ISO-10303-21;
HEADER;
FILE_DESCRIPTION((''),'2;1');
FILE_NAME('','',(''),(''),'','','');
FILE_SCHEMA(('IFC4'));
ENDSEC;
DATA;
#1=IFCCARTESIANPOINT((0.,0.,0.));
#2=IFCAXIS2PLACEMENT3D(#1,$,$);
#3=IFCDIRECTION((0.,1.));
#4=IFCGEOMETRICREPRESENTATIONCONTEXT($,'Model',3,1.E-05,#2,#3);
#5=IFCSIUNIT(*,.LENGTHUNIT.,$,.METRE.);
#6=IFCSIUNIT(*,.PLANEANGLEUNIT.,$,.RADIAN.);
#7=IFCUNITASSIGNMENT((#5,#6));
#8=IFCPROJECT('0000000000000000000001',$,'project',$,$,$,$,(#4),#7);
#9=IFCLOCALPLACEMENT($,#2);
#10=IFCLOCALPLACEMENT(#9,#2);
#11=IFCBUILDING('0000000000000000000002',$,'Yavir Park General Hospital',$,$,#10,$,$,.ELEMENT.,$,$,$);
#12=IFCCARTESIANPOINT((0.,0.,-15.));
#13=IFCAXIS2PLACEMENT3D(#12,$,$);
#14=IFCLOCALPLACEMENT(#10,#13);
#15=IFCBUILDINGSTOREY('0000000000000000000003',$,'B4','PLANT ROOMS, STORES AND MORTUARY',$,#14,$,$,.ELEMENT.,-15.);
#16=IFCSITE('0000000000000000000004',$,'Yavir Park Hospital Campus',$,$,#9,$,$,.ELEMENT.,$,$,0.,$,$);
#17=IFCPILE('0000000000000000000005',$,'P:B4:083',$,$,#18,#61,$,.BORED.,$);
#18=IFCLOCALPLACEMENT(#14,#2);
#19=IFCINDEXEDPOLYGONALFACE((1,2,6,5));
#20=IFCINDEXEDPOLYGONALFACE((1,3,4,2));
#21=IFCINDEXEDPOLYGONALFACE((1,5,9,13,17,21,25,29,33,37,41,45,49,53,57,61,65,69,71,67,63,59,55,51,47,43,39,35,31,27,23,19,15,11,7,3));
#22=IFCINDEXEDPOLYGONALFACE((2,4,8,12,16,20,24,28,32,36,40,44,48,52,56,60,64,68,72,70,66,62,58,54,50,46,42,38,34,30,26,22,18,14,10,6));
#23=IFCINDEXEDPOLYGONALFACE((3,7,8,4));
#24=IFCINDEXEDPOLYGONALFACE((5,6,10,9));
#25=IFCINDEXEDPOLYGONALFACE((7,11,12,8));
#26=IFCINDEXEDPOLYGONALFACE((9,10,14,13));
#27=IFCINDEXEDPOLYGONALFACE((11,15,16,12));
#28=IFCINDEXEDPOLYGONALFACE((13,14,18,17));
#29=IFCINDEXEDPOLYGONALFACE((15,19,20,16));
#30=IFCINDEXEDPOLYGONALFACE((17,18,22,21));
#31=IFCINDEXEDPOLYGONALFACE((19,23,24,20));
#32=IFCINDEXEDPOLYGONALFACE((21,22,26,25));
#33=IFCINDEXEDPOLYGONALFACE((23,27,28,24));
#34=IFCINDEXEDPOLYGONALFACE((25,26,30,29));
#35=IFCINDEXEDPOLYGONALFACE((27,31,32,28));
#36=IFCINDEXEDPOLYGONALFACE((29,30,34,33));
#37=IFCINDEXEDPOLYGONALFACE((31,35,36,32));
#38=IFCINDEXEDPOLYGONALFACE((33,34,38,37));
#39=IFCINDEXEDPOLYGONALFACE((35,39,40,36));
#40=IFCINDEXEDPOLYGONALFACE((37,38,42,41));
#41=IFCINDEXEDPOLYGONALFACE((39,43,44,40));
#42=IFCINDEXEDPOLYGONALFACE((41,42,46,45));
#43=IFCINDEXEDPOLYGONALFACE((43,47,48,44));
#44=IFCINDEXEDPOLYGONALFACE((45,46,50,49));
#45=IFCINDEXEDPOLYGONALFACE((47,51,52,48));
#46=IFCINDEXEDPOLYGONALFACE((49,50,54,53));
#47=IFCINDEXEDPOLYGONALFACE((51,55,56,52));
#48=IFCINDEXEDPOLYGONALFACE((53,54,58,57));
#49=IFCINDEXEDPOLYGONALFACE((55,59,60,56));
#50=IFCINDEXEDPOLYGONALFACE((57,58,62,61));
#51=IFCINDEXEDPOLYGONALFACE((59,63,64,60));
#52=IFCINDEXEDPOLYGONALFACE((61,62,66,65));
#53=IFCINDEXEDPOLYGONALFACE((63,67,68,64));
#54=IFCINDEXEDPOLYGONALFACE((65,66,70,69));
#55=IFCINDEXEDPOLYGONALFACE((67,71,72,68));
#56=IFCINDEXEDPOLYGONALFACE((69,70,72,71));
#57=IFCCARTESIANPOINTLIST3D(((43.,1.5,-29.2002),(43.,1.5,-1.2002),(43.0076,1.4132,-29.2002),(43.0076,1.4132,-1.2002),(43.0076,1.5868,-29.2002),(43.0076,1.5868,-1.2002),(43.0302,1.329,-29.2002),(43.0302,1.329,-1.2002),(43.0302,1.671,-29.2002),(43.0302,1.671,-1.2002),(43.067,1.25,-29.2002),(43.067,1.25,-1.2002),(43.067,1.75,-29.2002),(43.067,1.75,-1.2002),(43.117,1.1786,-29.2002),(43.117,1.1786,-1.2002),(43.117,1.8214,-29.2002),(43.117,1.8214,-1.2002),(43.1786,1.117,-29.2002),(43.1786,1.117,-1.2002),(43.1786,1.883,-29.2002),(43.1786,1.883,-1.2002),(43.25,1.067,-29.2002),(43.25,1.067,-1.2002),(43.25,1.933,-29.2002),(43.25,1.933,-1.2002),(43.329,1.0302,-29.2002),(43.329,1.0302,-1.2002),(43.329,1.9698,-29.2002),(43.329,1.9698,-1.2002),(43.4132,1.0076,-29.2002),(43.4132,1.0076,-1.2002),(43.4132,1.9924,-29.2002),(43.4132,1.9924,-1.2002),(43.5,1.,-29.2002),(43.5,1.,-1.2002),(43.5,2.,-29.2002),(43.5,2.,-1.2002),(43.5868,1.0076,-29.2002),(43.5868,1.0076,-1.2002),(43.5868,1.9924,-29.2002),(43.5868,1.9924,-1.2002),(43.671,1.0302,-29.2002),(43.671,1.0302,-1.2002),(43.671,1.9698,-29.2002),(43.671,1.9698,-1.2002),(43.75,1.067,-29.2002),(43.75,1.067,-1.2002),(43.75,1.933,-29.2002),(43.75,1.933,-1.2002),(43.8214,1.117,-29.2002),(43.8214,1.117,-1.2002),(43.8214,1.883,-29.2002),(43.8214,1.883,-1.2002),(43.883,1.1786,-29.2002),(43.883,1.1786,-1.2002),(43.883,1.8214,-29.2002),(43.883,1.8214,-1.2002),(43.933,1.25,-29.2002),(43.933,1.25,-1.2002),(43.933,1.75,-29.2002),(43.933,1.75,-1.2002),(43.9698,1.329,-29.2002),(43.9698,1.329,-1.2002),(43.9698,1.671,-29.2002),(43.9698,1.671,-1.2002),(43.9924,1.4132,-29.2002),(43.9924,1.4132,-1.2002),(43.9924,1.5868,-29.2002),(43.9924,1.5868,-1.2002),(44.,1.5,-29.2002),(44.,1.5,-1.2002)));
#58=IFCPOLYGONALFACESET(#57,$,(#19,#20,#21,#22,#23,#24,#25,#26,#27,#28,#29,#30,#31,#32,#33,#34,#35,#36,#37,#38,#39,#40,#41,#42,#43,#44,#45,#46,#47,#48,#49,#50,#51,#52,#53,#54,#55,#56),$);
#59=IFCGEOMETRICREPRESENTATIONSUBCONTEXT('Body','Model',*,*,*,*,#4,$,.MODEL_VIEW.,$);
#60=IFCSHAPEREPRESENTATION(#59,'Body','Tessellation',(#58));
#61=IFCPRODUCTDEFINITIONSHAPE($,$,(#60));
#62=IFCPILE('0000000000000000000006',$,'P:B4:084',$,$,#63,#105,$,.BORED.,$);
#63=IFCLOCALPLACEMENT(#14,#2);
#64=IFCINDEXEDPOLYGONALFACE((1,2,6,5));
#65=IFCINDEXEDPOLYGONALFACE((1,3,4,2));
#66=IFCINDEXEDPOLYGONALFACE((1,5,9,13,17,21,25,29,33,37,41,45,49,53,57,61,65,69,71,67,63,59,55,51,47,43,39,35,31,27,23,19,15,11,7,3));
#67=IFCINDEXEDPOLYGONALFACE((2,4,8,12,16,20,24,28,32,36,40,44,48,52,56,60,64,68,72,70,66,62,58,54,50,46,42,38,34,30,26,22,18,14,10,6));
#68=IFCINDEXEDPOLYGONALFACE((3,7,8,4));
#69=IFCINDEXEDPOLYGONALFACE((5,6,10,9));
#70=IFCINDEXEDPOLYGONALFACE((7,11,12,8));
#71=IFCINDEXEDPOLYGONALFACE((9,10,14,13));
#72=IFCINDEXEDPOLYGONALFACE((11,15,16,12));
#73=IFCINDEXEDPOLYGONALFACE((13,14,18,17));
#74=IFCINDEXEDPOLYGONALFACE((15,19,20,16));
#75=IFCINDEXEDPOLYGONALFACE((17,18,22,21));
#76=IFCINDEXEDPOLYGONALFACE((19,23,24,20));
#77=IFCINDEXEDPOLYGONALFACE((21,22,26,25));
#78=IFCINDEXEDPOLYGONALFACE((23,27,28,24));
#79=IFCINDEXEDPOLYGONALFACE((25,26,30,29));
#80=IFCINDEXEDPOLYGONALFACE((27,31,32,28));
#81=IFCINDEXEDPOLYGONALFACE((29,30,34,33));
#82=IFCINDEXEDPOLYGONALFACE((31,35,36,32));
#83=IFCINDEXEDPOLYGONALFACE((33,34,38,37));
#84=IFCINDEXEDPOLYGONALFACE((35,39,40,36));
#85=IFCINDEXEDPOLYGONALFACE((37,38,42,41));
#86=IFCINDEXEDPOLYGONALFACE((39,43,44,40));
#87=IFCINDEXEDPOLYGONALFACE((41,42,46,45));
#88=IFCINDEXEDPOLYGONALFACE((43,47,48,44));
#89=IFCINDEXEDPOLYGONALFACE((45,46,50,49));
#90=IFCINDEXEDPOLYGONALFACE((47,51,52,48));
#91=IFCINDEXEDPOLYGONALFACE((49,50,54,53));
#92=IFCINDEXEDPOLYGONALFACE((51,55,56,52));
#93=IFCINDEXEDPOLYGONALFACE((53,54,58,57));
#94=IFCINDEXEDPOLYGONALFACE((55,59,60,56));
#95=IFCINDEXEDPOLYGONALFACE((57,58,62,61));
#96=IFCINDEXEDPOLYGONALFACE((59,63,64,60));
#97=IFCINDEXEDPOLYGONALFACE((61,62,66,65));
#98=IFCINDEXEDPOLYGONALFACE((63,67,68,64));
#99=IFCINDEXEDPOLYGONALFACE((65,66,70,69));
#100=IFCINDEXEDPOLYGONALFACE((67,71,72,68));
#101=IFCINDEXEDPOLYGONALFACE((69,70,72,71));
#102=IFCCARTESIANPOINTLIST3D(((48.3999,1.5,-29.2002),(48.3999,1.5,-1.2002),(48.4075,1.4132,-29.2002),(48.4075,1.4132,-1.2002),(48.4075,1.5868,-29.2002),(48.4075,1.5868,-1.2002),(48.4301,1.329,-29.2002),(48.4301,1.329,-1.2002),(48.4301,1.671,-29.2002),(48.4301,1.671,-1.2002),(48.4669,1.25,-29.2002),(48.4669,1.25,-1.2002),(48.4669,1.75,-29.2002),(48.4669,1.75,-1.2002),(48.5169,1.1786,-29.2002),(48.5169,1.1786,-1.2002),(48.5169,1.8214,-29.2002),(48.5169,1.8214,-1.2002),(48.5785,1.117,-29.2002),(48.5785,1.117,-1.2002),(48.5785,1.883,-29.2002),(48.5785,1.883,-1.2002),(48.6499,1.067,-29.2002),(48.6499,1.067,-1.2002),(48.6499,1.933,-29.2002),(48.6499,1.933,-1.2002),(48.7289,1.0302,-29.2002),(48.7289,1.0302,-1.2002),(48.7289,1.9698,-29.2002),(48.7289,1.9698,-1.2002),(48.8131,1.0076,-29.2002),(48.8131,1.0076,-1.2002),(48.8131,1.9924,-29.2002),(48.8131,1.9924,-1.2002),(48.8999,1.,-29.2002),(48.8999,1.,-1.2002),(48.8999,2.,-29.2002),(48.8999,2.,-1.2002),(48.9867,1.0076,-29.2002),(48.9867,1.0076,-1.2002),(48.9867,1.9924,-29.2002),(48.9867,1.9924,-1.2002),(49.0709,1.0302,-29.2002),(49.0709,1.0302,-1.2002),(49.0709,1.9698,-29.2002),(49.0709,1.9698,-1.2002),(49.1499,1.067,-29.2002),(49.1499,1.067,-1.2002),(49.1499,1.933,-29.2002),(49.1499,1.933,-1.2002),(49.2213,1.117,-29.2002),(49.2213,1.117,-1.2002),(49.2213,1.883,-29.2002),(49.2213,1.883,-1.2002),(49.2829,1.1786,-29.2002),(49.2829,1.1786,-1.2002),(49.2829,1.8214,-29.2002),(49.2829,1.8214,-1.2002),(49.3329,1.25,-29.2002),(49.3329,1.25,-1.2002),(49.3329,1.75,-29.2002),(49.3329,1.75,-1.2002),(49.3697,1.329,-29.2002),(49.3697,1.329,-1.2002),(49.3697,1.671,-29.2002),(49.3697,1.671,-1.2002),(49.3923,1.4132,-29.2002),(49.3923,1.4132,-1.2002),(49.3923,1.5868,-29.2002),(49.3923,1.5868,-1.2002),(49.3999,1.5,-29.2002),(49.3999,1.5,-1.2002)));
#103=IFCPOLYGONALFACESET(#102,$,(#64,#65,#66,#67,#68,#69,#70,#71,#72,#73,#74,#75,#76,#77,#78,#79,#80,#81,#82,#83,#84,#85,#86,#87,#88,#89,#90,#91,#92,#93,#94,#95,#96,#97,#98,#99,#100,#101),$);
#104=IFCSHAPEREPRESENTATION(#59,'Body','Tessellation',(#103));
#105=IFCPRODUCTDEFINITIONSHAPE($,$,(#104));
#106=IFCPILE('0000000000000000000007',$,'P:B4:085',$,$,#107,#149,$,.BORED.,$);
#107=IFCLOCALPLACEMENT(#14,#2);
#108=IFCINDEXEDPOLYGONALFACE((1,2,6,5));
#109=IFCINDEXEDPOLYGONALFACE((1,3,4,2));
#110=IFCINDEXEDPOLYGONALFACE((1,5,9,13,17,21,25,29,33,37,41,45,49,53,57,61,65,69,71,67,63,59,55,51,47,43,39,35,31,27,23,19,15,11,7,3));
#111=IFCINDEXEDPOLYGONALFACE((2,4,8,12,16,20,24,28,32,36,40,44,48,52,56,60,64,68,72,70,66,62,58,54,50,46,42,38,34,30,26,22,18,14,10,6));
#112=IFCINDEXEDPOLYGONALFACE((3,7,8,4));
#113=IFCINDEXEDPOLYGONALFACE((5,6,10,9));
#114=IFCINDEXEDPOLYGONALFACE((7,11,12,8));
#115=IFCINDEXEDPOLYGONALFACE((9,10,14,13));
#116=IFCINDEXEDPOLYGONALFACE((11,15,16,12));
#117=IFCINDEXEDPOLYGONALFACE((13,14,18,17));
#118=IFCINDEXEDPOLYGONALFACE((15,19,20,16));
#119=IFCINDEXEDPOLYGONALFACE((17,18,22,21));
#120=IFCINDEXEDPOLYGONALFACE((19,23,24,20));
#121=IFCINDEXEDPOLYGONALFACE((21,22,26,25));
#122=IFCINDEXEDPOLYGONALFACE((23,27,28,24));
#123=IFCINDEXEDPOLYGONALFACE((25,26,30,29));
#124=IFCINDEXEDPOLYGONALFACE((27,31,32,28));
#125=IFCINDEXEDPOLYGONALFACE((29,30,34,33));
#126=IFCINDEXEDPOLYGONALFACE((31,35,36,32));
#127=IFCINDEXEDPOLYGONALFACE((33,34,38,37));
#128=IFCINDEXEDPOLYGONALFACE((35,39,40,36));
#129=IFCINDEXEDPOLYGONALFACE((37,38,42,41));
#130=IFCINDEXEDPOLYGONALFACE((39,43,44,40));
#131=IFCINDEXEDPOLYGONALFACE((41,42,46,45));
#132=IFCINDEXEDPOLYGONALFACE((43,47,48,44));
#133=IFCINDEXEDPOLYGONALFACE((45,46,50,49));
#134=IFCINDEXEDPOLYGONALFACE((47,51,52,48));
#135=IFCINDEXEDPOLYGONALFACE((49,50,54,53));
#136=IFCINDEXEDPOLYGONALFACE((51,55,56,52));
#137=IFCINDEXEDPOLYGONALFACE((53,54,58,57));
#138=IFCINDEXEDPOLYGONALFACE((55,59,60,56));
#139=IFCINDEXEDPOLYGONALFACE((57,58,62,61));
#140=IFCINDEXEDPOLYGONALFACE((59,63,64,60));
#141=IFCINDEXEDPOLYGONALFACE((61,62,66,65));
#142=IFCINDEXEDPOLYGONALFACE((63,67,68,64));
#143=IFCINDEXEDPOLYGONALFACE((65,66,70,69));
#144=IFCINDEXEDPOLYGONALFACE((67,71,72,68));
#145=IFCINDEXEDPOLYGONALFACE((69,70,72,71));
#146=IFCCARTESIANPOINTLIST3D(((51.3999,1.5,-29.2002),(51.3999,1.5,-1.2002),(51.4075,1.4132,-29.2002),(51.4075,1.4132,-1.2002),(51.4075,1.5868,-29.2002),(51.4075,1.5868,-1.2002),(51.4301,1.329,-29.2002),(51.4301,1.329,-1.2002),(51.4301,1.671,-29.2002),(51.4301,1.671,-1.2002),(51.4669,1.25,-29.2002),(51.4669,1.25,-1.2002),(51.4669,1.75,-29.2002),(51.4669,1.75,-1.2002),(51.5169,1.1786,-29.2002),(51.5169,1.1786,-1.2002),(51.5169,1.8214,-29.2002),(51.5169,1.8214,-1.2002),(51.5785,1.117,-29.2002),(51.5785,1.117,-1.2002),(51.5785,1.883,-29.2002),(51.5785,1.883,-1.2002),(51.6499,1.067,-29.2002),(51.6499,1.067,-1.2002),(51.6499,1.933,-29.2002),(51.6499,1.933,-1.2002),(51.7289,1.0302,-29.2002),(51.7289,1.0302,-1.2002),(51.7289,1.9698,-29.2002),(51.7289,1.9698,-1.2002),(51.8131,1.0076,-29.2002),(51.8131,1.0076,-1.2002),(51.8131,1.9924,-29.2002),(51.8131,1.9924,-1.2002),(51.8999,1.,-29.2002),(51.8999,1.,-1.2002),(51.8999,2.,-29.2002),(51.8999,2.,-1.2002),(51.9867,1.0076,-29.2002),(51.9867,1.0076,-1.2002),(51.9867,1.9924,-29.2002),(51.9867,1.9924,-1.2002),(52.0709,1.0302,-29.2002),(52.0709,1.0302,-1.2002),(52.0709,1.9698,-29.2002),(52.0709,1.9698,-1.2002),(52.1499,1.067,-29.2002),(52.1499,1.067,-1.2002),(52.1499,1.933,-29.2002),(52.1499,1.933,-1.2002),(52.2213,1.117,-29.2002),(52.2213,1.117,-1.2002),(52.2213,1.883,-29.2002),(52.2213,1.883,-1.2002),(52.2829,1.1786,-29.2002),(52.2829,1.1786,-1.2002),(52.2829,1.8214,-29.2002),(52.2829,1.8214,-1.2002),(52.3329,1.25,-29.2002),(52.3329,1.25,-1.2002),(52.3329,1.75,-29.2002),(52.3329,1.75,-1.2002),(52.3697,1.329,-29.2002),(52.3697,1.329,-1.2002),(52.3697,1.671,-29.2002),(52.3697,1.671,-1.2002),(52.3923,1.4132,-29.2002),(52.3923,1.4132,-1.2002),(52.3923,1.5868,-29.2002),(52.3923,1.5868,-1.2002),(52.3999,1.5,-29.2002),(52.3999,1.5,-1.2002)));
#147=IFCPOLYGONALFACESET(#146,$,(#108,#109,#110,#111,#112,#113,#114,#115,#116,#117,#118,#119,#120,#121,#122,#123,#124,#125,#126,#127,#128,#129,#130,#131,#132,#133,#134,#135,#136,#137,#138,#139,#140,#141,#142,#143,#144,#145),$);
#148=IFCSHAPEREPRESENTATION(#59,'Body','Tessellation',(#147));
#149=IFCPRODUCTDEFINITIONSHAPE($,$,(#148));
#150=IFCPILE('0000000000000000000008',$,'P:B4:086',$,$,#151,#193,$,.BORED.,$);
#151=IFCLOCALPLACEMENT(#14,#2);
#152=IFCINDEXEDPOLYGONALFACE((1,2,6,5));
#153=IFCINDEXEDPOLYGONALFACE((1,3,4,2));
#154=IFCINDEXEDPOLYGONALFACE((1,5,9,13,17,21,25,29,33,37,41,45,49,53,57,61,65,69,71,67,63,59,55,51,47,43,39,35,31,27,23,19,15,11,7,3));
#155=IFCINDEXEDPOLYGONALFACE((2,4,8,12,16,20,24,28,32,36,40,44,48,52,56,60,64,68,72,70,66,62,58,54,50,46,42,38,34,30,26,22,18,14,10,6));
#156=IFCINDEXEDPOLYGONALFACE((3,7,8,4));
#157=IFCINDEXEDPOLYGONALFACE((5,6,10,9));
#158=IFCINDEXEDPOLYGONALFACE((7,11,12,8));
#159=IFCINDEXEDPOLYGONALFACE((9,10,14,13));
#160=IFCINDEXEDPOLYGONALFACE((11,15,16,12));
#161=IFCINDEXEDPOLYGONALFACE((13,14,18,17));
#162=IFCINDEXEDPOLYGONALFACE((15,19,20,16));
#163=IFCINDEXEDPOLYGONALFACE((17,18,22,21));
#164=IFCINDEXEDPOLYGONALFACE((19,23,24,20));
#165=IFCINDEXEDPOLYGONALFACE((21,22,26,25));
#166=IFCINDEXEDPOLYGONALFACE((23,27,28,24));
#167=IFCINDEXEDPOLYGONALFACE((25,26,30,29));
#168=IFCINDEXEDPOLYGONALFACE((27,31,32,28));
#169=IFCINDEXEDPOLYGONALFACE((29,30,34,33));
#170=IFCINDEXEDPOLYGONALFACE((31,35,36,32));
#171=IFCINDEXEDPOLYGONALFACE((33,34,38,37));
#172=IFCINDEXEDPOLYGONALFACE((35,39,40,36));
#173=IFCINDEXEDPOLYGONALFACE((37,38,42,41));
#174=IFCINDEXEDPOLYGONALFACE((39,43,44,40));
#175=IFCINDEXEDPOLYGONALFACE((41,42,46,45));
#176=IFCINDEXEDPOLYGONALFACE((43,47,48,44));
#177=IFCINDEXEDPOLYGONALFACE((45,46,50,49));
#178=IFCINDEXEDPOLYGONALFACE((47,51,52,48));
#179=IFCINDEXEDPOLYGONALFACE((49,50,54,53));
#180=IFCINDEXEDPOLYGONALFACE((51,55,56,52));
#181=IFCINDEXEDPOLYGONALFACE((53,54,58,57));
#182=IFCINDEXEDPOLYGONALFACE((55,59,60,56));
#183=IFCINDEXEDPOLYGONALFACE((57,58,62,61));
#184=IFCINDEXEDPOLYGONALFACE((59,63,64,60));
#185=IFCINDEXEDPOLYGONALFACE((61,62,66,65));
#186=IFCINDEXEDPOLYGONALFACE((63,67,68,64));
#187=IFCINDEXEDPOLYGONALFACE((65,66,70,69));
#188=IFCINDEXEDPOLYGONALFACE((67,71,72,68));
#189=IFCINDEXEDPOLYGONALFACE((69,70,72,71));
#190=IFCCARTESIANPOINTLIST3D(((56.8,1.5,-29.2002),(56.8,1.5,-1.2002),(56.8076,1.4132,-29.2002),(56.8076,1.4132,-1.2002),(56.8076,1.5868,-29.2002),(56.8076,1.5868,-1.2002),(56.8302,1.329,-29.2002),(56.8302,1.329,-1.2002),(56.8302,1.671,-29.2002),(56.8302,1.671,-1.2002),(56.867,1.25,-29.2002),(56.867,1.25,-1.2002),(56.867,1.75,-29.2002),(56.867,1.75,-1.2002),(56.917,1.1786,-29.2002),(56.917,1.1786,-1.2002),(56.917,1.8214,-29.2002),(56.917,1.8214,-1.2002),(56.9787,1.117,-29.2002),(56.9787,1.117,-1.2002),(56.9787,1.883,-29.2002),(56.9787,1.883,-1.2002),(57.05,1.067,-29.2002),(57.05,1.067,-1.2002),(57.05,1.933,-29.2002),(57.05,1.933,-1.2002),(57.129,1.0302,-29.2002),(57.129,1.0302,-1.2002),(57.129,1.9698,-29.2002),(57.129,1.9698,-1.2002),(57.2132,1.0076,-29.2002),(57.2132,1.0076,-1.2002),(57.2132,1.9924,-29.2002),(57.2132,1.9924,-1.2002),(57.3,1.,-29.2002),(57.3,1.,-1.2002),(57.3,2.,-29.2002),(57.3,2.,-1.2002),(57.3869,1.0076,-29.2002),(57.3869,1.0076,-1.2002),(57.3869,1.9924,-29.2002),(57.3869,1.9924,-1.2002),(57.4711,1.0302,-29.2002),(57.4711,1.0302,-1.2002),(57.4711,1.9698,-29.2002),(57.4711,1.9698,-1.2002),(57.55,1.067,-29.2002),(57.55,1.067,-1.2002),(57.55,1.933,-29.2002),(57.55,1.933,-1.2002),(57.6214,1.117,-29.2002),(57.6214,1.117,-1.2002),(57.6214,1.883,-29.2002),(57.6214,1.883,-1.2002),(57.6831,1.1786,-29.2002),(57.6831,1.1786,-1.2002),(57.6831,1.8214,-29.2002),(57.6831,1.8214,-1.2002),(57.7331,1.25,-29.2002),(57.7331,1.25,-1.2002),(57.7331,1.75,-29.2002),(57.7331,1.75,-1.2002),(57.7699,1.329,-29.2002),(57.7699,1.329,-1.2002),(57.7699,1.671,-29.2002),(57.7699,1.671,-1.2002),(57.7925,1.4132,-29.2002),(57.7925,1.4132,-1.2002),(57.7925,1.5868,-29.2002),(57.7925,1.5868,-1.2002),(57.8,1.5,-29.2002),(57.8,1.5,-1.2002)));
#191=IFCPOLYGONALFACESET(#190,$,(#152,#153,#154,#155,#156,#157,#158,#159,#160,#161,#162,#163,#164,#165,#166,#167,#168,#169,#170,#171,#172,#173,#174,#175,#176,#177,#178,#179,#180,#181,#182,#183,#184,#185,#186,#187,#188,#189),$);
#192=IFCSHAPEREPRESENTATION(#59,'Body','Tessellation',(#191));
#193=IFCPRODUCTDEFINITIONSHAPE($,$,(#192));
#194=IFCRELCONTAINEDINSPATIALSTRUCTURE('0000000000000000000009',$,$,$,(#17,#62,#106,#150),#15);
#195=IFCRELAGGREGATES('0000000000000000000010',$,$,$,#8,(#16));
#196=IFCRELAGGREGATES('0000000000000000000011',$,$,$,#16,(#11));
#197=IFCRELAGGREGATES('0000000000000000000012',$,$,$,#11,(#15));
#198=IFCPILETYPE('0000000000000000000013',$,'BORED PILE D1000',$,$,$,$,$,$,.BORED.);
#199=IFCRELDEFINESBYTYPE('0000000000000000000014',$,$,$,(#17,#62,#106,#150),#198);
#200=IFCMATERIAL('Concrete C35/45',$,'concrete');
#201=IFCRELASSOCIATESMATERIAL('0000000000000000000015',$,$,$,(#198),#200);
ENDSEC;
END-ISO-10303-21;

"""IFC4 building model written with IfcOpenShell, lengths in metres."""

from ifc_helpers import new_model, si_unit, direction, frame, origin, origin_2d, place, context, subcontext, project, spatial, circle, extrude, material, material_profile, profile_set, type_object, element, save


model = new_model("IFC4")

# Units and contexts
model_context = context("Model", 3, precision=1e-05, world=origin(), true_north=direction((0.0, 1.0)))
body_context = subcontext(model_context, "Body", "Model", "MODEL_VIEW")
ifc_project = project(units=[si_unit("LENGTHUNIT", "METRE"), si_unit("PLANEANGLEUNIT", "RADIAN")], contexts=[model_context])

# Site, building, storey
site_placement = place(None, origin())
site = spatial("IfcSite", under=ifc_project, at=site_placement, Name="Yavir Park Hospital Campus", CompositionType="ELEMENT", RefElevation=0.0)
building_placement = place(site_placement, origin())
building = spatial("IfcBuilding", under=site, at=building_placement, Name="Yavir Park General Hospital", CompositionType="ELEMENT")
storey_placement = place(building_placement, frame((0.0, 0.0, -15.0)))
storey = spatial("IfcBuildingStorey", under=building, at=storey_placement, Name="B4", Description="PLANT ROOMS, STORES AND MORTUARY", CompositionType="ELEMENT", Elevation=-15.0)

# Piles
ifc_material_1 = material(Name="Concrete C35/45", Category="concrete")
ifc_material_profile_1 = material_profile(ifc_material_1, circle(Radius=0.5, at=origin_2d()), Name="D1000")
ifc_profile_set_1 = profile_set([ifc_material_profile_1], Name="Concrete C35/45")
pile_type_1 = type_object("IfcPileType", Name="BORED PILE D1000", PredefinedType="BORED", material=ifc_profile_set_1)
for number, where, z_axis, x_axis, name in (
    (1, (43.5, 1.5, -1.2002), (0.0, 0.0, -1.0), (1.0, 0.0, 0.0), "P:B4:083"),
    (2, (48.8999, 1.5, -1.2002), (0.0, 0.0, -1.0), (1.0, 0.0, 0.0), "P:B4:084"),
    (3, (51.8999, 1.5, -1.2002), (0.0, 0.0, -1.0), (1.0, 0.0, 0.0), "P:B4:085"),
    (4, (57.3, 1.5, -1.2002), (0.0, 0.0, -1.0), (1.0, 0.0, 0.0), "P:B4:086"),
):
    element("IfcPile", number, at=place(storey_placement, frame(where, z_axis=z_axis, x_axis=x_axis)), inside=storey, type_object=pile_type_1, Name=name, PredefinedType="BORED", context=body_context, shape_type="SweptSolid", body=[
        extrude(circle(Radius=0.5, at=origin_2d()), origin(), (0.0, 0.0, 1.0), 28.0),
    ])

save(model, "model.ifc")
